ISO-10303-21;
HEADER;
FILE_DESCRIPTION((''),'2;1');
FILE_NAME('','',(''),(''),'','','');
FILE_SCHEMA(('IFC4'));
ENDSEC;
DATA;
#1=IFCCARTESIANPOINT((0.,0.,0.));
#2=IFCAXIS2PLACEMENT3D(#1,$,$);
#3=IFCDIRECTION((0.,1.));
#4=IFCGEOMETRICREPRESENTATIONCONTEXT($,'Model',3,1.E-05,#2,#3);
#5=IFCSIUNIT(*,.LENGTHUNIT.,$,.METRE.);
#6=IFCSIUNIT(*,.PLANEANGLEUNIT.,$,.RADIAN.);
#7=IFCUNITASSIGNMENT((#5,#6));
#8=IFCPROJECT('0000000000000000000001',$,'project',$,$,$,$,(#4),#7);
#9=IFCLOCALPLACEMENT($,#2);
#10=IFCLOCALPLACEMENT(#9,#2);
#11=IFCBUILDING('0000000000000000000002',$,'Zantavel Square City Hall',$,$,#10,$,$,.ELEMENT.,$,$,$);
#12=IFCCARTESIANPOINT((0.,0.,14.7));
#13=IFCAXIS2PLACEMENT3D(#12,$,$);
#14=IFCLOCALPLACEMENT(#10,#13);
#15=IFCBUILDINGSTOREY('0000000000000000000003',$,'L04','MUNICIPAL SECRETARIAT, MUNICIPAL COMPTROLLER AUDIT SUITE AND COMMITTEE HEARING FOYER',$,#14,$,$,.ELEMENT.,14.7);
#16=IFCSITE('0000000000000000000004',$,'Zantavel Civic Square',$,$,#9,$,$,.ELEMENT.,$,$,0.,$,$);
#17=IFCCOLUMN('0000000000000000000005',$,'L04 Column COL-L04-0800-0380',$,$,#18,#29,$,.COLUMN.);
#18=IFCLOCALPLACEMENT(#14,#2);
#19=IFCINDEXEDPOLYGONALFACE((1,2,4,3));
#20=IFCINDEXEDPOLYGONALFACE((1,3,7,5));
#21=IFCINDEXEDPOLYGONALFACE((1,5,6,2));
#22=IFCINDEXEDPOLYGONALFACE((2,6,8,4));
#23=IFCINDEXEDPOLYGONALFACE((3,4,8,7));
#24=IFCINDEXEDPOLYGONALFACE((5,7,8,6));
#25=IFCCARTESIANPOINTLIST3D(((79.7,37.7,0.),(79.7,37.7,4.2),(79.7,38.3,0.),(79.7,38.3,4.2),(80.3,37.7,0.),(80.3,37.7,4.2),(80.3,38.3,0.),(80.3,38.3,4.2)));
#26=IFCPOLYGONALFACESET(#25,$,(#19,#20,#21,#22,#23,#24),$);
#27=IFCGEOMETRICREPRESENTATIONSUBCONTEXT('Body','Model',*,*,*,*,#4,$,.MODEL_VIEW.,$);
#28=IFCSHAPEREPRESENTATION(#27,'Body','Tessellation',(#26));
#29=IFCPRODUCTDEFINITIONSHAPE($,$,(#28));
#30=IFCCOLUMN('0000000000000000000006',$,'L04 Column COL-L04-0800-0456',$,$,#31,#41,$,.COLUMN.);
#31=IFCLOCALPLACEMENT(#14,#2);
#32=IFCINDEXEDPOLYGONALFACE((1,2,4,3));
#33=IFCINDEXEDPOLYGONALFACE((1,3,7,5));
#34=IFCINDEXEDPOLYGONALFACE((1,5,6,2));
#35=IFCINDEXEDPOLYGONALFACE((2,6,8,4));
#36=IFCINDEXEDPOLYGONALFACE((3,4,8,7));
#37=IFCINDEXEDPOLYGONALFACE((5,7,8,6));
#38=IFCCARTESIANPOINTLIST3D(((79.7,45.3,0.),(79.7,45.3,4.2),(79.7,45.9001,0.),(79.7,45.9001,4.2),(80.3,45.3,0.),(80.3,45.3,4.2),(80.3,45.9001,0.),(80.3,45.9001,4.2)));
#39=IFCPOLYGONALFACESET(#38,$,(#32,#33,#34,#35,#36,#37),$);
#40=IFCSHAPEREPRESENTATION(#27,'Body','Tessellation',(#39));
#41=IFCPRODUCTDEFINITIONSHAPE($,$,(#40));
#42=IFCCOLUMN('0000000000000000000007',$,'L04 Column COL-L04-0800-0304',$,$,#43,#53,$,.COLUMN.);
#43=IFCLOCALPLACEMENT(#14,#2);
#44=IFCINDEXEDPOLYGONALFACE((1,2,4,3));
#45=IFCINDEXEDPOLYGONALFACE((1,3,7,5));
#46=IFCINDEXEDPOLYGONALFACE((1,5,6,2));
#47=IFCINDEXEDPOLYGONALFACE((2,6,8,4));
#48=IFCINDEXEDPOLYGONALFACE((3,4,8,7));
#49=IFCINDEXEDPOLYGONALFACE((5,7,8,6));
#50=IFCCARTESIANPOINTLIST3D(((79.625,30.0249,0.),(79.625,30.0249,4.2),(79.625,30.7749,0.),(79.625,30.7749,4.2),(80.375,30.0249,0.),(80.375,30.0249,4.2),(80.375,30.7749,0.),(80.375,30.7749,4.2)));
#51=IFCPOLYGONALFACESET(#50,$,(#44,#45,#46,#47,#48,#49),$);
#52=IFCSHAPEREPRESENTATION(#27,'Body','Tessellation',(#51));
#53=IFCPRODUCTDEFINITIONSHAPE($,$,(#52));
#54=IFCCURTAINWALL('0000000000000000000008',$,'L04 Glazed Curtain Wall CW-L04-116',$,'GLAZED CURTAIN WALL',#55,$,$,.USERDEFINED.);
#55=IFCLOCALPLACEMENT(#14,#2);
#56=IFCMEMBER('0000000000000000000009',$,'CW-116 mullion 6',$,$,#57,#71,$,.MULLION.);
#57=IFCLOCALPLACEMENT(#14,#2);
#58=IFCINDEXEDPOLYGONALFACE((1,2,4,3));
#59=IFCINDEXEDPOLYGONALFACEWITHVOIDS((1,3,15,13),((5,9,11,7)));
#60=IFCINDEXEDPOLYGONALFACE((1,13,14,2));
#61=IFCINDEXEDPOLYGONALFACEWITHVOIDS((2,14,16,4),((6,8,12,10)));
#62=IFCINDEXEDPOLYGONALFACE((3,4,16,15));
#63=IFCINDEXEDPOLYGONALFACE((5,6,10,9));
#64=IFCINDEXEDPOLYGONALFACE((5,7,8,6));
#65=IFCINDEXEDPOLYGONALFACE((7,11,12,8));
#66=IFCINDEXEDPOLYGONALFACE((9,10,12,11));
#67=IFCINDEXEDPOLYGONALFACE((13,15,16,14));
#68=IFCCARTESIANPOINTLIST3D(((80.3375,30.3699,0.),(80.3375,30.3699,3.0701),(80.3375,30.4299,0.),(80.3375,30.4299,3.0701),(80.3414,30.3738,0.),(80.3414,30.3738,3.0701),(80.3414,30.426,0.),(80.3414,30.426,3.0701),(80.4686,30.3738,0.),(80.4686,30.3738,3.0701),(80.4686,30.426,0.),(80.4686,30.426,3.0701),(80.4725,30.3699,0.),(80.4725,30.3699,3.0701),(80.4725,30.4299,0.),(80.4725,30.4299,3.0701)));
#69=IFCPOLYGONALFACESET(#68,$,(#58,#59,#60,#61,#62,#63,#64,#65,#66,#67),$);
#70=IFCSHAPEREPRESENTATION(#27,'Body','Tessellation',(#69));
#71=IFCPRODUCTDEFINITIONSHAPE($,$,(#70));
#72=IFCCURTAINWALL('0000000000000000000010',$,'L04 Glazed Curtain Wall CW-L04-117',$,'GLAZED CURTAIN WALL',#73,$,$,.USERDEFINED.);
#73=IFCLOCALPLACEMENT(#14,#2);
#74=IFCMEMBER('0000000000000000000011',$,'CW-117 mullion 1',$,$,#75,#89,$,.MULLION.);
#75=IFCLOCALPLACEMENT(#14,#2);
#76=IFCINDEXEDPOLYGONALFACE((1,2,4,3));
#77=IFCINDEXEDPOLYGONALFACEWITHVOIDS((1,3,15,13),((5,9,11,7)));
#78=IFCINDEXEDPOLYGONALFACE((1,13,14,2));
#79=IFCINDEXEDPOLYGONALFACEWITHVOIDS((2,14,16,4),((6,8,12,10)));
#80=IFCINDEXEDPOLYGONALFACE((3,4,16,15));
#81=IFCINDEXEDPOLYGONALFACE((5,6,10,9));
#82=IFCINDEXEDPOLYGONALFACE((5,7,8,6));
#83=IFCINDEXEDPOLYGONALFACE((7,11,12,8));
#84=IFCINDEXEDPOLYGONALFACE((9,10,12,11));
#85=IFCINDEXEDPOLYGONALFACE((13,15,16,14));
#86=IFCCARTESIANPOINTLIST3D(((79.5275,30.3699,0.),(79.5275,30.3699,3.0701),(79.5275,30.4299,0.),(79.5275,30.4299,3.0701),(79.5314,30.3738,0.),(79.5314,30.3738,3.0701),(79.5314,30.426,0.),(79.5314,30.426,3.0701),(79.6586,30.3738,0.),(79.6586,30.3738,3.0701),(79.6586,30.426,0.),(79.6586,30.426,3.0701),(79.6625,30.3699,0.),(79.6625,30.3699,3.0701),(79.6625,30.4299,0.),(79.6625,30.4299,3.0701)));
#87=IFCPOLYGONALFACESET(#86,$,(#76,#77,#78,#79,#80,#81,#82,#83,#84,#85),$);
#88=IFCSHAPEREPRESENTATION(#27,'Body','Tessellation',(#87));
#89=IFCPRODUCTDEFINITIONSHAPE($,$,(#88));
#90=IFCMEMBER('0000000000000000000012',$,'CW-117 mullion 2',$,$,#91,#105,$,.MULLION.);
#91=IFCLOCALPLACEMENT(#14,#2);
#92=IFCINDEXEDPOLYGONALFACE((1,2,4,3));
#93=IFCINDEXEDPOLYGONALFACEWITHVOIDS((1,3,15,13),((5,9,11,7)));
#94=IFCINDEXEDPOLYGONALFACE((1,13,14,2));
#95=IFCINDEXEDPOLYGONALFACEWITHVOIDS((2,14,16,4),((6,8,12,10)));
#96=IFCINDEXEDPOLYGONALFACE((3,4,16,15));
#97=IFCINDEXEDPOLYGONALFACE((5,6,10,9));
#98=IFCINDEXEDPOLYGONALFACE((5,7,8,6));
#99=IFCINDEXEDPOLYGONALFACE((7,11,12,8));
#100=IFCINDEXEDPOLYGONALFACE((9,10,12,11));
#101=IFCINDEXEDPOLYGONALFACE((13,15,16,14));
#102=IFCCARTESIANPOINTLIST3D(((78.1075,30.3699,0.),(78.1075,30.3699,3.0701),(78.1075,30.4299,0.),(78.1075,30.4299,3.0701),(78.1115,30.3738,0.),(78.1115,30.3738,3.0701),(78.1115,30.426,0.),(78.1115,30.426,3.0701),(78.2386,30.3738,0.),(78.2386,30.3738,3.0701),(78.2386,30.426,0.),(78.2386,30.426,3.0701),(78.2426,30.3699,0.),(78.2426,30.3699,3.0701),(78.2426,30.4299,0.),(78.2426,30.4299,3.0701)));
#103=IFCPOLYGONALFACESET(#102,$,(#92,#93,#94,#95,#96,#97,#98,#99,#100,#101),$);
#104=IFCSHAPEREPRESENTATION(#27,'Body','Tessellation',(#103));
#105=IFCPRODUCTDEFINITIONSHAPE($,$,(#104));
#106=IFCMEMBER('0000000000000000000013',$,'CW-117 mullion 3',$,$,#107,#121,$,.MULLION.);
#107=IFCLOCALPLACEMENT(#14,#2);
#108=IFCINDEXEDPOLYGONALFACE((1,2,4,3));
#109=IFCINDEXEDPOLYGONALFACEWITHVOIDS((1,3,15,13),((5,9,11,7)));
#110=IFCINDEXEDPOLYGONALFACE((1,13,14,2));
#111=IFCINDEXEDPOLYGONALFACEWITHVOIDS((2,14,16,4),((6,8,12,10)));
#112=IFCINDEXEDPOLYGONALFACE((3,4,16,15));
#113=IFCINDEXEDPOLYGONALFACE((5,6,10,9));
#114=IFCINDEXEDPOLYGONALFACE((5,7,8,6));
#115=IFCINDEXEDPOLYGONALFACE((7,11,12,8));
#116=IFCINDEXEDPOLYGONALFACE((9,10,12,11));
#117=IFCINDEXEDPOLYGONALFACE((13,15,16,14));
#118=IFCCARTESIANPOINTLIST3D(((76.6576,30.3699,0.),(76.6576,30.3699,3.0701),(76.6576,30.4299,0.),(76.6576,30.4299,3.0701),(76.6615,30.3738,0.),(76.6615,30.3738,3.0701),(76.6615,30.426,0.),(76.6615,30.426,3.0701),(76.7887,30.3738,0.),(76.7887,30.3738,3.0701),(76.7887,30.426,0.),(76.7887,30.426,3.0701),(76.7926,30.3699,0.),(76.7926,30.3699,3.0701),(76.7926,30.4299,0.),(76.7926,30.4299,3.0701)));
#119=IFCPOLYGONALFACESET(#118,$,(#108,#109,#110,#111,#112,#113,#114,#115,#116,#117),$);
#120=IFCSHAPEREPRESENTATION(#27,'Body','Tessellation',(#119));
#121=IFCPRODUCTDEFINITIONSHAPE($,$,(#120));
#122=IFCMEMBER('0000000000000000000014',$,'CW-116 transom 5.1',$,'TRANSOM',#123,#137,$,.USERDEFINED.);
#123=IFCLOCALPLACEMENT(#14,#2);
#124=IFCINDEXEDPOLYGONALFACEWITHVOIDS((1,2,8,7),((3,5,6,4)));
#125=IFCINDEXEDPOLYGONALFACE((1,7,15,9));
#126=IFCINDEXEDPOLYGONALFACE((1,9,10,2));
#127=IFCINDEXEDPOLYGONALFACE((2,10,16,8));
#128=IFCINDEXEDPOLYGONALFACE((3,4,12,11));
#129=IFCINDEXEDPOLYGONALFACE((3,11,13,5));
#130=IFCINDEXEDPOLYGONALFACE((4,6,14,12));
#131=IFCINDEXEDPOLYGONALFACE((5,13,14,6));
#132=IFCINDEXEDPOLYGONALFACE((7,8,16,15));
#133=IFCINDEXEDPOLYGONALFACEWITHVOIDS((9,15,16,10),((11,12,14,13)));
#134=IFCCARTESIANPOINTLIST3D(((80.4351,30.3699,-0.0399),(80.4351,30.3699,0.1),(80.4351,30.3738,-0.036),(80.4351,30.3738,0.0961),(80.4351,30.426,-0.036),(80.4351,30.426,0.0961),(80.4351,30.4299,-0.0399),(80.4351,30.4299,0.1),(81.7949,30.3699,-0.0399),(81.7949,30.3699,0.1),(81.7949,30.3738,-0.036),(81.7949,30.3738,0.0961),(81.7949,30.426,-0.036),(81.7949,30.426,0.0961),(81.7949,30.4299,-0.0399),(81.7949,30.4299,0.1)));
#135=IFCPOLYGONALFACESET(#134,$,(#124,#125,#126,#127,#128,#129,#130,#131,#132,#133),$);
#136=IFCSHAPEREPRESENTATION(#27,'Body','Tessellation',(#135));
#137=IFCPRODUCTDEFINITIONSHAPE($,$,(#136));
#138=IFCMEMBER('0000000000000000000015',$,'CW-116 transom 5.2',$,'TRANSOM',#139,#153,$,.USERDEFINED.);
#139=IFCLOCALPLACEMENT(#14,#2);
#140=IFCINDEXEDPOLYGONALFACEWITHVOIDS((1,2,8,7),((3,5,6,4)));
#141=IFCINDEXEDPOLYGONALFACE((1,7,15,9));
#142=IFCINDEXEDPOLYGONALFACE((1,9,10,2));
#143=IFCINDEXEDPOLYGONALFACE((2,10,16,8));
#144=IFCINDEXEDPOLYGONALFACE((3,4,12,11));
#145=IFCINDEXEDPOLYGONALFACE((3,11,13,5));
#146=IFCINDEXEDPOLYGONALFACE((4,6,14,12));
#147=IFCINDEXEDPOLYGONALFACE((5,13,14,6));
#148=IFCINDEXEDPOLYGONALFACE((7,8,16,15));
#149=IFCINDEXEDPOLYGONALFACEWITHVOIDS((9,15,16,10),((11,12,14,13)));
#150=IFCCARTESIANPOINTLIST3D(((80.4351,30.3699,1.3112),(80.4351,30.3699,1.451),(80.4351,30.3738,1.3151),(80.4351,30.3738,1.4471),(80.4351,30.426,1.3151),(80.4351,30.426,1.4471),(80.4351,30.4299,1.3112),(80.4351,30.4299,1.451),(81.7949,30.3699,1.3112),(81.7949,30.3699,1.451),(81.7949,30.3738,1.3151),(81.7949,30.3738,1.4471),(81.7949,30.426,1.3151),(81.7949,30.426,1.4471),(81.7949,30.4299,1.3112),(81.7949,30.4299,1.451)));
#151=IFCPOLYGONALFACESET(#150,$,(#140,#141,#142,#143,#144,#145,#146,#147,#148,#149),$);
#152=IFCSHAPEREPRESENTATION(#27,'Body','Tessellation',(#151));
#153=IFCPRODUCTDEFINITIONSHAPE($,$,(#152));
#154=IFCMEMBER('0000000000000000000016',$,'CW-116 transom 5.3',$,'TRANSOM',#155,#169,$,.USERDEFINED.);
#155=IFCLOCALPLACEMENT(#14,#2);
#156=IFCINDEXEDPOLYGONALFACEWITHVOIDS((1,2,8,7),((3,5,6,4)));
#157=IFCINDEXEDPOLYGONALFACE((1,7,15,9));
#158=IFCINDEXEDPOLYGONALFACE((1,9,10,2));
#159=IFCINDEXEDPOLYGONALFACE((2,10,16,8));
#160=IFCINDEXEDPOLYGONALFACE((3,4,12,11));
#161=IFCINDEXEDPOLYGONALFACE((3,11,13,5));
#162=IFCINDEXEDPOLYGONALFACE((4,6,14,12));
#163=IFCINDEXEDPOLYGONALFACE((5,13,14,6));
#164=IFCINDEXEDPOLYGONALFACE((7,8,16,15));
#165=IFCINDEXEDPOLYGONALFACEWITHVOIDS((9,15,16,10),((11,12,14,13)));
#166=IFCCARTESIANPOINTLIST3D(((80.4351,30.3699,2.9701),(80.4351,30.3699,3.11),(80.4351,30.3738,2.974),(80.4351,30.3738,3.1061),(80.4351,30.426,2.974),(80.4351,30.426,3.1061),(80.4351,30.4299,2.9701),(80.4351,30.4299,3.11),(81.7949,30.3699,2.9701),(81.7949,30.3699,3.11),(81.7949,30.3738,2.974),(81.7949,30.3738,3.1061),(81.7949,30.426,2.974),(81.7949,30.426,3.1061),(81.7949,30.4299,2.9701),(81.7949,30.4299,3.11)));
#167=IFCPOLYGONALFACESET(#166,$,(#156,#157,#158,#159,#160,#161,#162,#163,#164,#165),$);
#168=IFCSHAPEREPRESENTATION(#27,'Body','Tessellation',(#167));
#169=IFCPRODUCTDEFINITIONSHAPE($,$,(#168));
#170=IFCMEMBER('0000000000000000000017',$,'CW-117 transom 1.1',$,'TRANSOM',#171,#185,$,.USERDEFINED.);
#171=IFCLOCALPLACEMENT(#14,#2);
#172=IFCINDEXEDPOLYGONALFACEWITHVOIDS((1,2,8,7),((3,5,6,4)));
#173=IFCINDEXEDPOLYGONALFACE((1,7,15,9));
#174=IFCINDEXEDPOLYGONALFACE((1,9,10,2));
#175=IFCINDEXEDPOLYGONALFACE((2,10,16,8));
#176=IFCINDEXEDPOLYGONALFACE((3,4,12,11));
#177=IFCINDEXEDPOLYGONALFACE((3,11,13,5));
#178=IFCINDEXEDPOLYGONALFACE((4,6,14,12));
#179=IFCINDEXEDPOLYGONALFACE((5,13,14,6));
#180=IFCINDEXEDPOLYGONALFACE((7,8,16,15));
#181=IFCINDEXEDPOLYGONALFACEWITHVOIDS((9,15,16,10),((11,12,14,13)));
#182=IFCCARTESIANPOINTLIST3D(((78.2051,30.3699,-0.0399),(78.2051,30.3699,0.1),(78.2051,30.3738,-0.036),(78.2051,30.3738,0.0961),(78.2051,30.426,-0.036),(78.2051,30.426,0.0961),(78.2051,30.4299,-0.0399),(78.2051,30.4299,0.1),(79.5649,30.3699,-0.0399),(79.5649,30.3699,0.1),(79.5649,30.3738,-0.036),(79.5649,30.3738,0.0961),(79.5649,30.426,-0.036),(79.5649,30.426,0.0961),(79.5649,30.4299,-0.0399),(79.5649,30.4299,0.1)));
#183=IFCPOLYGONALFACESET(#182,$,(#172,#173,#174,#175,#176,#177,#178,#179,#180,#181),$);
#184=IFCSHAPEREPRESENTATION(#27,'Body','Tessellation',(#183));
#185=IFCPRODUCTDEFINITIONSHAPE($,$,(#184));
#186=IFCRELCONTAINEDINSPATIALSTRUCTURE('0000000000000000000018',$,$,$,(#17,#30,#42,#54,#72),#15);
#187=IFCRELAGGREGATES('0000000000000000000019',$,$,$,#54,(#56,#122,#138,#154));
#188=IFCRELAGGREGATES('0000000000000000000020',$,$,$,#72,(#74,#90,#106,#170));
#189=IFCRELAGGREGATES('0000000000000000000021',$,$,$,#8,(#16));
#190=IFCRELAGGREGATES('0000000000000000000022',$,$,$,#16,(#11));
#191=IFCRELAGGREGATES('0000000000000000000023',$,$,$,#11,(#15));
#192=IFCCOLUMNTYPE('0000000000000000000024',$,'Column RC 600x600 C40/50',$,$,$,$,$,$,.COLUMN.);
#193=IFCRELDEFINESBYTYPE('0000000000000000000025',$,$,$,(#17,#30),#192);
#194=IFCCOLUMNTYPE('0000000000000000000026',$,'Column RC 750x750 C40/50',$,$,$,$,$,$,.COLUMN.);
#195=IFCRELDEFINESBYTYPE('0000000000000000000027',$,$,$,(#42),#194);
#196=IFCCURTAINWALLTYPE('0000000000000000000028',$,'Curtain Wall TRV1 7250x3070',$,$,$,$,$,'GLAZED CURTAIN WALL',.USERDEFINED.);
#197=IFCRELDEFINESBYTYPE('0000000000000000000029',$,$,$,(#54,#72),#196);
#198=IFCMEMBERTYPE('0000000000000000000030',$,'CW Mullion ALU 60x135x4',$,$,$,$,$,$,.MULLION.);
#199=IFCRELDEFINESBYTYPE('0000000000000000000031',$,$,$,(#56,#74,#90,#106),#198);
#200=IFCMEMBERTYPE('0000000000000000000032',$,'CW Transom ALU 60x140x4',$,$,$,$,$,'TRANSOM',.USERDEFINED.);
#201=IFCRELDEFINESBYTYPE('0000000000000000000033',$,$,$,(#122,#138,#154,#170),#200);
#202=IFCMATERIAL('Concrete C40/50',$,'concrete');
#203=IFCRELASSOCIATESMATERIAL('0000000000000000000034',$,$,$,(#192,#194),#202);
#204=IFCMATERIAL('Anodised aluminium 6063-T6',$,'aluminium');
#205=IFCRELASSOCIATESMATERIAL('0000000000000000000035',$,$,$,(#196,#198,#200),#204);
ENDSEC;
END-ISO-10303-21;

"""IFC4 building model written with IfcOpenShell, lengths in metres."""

from ifc_helpers import new_model, si_unit, direction, frame, origin, origin_2d, place, context, subcontext, project, spatial, rectangle, hollow_rectangle, extrude, material, material_profile, profile_set, type_object, element, aggregate, save


model = new_model("IFC4")

# Units and contexts
model_context = context("Model", 3, precision=1e-05, world=origin(), true_north=direction((0.0, 1.0)))
body_context = subcontext(model_context, "Body", "Model", "MODEL_VIEW")
ifc_project = project(units=[si_unit("LENGTHUNIT", "METRE"), si_unit("PLANEANGLEUNIT", "RADIAN")], contexts=[model_context])

# Site, building, storey
site_placement = place(None, origin())
site = spatial("IfcSite", under=ifc_project, at=site_placement, Name="Zantavel Civic Square", CompositionType="ELEMENT", RefElevation=0.0)
building_placement = place(site_placement, origin())
building = spatial("IfcBuilding", under=site, at=building_placement, Name="Zantavel Square City Hall", CompositionType="ELEMENT")
storey_placement = place(building_placement, frame((0.0, 0.0, 14.7)))
storey = spatial("IfcBuildingStorey", under=building, at=storey_placement, Name="L04", Description="MUNICIPAL SECRETARIAT, MUNICIPAL COMPTROLLER AUDIT SUITE AND COMMITTEE HEARING FOYER", CompositionType="ELEMENT", Elevation=14.7)

# Columns
ifc_material_1 = material(Name="Concrete C40/50", Category="concrete")
ifc_material_profile_1 = material_profile(ifc_material_1, rectangle(XDim=0.6001, YDim=0.6001, at=origin_2d()), Name="RC 600x600")
ifc_profile_set_1 = profile_set([ifc_material_profile_1], Name="Concrete C40/50")
column_type_1 = type_object("IfcColumnType", Name="Column RC 600x600 C40/50", PredefinedType="COLUMN", material=ifc_profile_set_1)
for number, where, z_axis, x_axis, name in (
    (1, (80.0, 38.0, 0.0), (0.0, 0.0, 1.0), (1.0, 0.0, 0.0), "L04 Column COL-L04-0800-0380"),
    (2, (80.0, 45.6001, 0.0), (0.0, 0.0, 1.0), (1.0, 0.0, 0.0), "L04 Column COL-L04-0800-0456"),
):
    element("IfcColumn", number, at=place(storey_placement, frame(where, z_axis=z_axis, x_axis=x_axis)), inside=storey, type_object=column_type_1, Name=name, PredefinedType="COLUMN", context=body_context, shape_type="SweptSolid", body=[
        extrude(rectangle(XDim=0.6001, YDim=0.6001, at=origin_2d()), origin(), (0.0, 0.0, 1.0), 4.2),
    ])
ifc_material_profile_2 = material_profile(ifc_material_1, rectangle(XDim=0.75, YDim=0.75, at=origin_2d()), Name="RC 750x750")
ifc_profile_set_2 = profile_set([ifc_material_profile_2], Name="Concrete C40/50")
column_type_2 = type_object("IfcColumnType", Name="Column RC 750x750 C40/50", PredefinedType="COLUMN", material=ifc_profile_set_2)
column_placement = place(storey_placement, frame((80.0, 30.3999, 0.0), z_axis=(0.0, 0.0, 1.0), x_axis=(1.0, 0.0, 0.0)))
element("IfcColumn", 3, at=column_placement, inside=storey, type_object=column_type_2, Name="L04 Column COL-L04-0800-0304", PredefinedType="COLUMN", context=body_context, shape_type="SweptSolid", body=[
    extrude(rectangle(XDim=0.75, YDim=0.75, at=origin_2d()), origin(), (0.0, 0.0, 1.0), 4.2),
])

# Curtain wall, member
ifc_material_2 = material(Name="Anodised aluminium 6063-T6", Category="aluminium")
curtain_wall_type = type_object("IfcCurtainWallType", Name="Curtain Wall TRV1 7250x3070", ElementType="GLAZED CURTAIN WALL", PredefinedType="USERDEFINED", material=ifc_material_2)
curtain_wall_1_placement = place(storey_placement, origin())
curtain_wall_1 = element("IfcCurtainWall", 4, at=curtain_wall_1_placement, inside=storey, type_object=curtain_wall_type, Name="L04 Glazed Curtain Wall CW-L04-116", ObjectType="GLAZED CURTAIN WALL", PredefinedType="USERDEFINED")
ifc_material_profile_3 = material_profile(ifc_material_2, hollow_rectangle(XDim=0.0601, YDim=0.135, WallThickness=0.0039, at=origin_2d()), Name="ALU 60x135x4")
ifc_profile_set_3 = profile_set([ifc_material_profile_3], Name="Anodised aluminium 6063-T6")
member_type_1 = type_object("IfcMemberType", Name="CW Mullion ALU 60x135x4", PredefinedType="MULLION", material=ifc_profile_set_3)
member_1_placement = place(storey_placement, frame((80.405, 30.3999, 0.0), z_axis=(0.0, 0.0, 1.0), x_axis=(0.0, -1.0, 0.0)))
member_1 = element("IfcMember", 5, at=member_1_placement, type_object=member_type_1, Name="CW-116 mullion 6", PredefinedType="MULLION", context=body_context, shape_type="SweptSolid", body=[
    extrude(hollow_rectangle(XDim=0.0601, YDim=0.135, WallThickness=0.0039, at=origin_2d()), origin(), (0.0, 0.0, 1.0), 3.0701),
])

# Curtain wall, members
curtain_wall_2_placement = place(storey_placement, origin())
curtain_wall_2 = element("IfcCurtainWall", 6, at=curtain_wall_2_placement, inside=storey, type_object=curtain_wall_type, Name="L04 Glazed Curtain Wall CW-L04-117", ObjectType="GLAZED CURTAIN WALL", PredefinedType="USERDEFINED")
member_2_placement = place(storey_placement, frame((79.595, 30.3999, 0.0), z_axis=(0.0, 0.0, 1.0), x_axis=(0.0, -1.0, 0.0)))
member_2 = element("IfcMember", 7, at=member_2_placement, type_object=member_type_1, Name="CW-117 mullion 1", PredefinedType="MULLION", context=body_context, shape_type="SweptSolid", body=[
    extrude(hollow_rectangle(XDim=0.0601, YDim=0.135, WallThickness=0.0039, at=origin_2d()), origin(), (0.0, 0.0, 1.0), 3.0701),
])
member_3_placement = place(storey_placement, frame((78.175, 30.3999, 0.0), z_axis=(0.0, 0.0, 1.0), x_axis=(0.0, -1.0, 0.0)))
member_3 = element("IfcMember", 8, at=member_3_placement, type_object=member_type_1, Name="CW-117 mullion 2", PredefinedType="MULLION", context=body_context, shape_type="SweptSolid", body=[
    extrude(hollow_rectangle(XDim=0.0601, YDim=0.135, WallThickness=0.0039, at=origin_2d()), origin(), (0.0, 0.0, 1.0), 3.0701),
])
member_4_placement = place(storey_placement, frame((76.7251, 30.3999, 0.0), z_axis=(0.0, 0.0, 1.0), x_axis=(0.0, -1.0, 0.0)))
member_4 = element("IfcMember", 9, at=member_4_placement, type_object=member_type_1, Name="CW-117 mullion 3", PredefinedType="MULLION", context=body_context, shape_type="SweptSolid", body=[
    extrude(hollow_rectangle(XDim=0.0601, YDim=0.135, WallThickness=0.0039, at=origin_2d()), origin(), (0.0, 0.0, 1.0), 3.0701),
])

# Members
ifc_material_profile_4 = material_profile(ifc_material_2, hollow_rectangle(XDim=0.0601, YDim=0.1399, WallThickness=0.0039, at=origin_2d()), Name="ALU 60x140x4")
ifc_profile_set_4 = profile_set([ifc_material_profile_4], Name="Anodised aluminium 6063-T6")
member_type_2 = type_object("IfcMemberType", Name="CW Transom ALU 60x140x4", ElementType="TRANSOM", PredefinedType="USERDEFINED", material=ifc_profile_set_4)
member_5_placement = place(storey_placement, frame((81.7949, 30.3999, 0.03), z_axis=(-1.0, 0.0, 0.0), x_axis=(0.0, -1.0, 0.0)))
member_5 = element("IfcMember", 10, at=member_5_placement, type_object=member_type_2, Name="CW-116 transom 5.1", ObjectType="TRANSOM", PredefinedType="USERDEFINED", context=body_context, shape_type="SweptSolid", body=[
    extrude(hollow_rectangle(XDim=0.0601, YDim=0.1399, WallThickness=0.0039, at=origin_2d()), origin(), (0.0, 0.0, 1.0), 1.3599),
])
member_6_placement = place(storey_placement, frame((81.7949, 30.3999, 1.3811), z_axis=(-1.0, 0.0, 0.0), x_axis=(0.0, -1.0, 0.0)))
member_6 = element("IfcMember", 11, at=member_6_placement, type_object=member_type_2, Name="CW-116 transom 5.2", ObjectType="TRANSOM", PredefinedType="USERDEFINED", context=body_context, shape_type="SweptSolid", body=[
    extrude(hollow_rectangle(XDim=0.0601, YDim=0.1399, WallThickness=0.0039, at=origin_2d()), origin(), (0.0, 0.0, 1.0), 1.3599),
])
member_7_placement = place(storey_placement, frame((81.7949, 30.3999, 3.04), z_axis=(-1.0, 0.0, 0.0), x_axis=(0.0, -1.0, 0.0)))
member_7 = element("IfcMember", 12, at=member_7_placement, type_object=member_type_2, Name="CW-116 transom 5.3", ObjectType="TRANSOM", PredefinedType="USERDEFINED", context=body_context, shape_type="SweptSolid", body=[
    extrude(hollow_rectangle(XDim=0.0601, YDim=0.1399, WallThickness=0.0039, at=origin_2d()), origin(), (0.0, 0.0, 1.0), 1.3599),
])
member_8_placement = place(storey_placement, frame((79.5649, 30.3999, 0.03), z_axis=(-1.0, 0.0, 0.0), x_axis=(0.0, -1.0, 0.0)))
member_8 = element("IfcMember", 13, at=member_8_placement, type_object=member_type_2, Name="CW-117 transom 1.1", ObjectType="TRANSOM", PredefinedType="USERDEFINED", context=body_context, shape_type="SweptSolid", body=[
    extrude(hollow_rectangle(XDim=0.0601, YDim=0.1399, WallThickness=0.0039, at=origin_2d()), origin(), (0.0, 0.0, 1.0), 1.3599),
])

aggregate(curtain_wall_1, [member_1, member_5, member_6, member_7])
aggregate(curtain_wall_2, [member_2, member_3, member_4, member_8])

save(model, "model.ifc")
